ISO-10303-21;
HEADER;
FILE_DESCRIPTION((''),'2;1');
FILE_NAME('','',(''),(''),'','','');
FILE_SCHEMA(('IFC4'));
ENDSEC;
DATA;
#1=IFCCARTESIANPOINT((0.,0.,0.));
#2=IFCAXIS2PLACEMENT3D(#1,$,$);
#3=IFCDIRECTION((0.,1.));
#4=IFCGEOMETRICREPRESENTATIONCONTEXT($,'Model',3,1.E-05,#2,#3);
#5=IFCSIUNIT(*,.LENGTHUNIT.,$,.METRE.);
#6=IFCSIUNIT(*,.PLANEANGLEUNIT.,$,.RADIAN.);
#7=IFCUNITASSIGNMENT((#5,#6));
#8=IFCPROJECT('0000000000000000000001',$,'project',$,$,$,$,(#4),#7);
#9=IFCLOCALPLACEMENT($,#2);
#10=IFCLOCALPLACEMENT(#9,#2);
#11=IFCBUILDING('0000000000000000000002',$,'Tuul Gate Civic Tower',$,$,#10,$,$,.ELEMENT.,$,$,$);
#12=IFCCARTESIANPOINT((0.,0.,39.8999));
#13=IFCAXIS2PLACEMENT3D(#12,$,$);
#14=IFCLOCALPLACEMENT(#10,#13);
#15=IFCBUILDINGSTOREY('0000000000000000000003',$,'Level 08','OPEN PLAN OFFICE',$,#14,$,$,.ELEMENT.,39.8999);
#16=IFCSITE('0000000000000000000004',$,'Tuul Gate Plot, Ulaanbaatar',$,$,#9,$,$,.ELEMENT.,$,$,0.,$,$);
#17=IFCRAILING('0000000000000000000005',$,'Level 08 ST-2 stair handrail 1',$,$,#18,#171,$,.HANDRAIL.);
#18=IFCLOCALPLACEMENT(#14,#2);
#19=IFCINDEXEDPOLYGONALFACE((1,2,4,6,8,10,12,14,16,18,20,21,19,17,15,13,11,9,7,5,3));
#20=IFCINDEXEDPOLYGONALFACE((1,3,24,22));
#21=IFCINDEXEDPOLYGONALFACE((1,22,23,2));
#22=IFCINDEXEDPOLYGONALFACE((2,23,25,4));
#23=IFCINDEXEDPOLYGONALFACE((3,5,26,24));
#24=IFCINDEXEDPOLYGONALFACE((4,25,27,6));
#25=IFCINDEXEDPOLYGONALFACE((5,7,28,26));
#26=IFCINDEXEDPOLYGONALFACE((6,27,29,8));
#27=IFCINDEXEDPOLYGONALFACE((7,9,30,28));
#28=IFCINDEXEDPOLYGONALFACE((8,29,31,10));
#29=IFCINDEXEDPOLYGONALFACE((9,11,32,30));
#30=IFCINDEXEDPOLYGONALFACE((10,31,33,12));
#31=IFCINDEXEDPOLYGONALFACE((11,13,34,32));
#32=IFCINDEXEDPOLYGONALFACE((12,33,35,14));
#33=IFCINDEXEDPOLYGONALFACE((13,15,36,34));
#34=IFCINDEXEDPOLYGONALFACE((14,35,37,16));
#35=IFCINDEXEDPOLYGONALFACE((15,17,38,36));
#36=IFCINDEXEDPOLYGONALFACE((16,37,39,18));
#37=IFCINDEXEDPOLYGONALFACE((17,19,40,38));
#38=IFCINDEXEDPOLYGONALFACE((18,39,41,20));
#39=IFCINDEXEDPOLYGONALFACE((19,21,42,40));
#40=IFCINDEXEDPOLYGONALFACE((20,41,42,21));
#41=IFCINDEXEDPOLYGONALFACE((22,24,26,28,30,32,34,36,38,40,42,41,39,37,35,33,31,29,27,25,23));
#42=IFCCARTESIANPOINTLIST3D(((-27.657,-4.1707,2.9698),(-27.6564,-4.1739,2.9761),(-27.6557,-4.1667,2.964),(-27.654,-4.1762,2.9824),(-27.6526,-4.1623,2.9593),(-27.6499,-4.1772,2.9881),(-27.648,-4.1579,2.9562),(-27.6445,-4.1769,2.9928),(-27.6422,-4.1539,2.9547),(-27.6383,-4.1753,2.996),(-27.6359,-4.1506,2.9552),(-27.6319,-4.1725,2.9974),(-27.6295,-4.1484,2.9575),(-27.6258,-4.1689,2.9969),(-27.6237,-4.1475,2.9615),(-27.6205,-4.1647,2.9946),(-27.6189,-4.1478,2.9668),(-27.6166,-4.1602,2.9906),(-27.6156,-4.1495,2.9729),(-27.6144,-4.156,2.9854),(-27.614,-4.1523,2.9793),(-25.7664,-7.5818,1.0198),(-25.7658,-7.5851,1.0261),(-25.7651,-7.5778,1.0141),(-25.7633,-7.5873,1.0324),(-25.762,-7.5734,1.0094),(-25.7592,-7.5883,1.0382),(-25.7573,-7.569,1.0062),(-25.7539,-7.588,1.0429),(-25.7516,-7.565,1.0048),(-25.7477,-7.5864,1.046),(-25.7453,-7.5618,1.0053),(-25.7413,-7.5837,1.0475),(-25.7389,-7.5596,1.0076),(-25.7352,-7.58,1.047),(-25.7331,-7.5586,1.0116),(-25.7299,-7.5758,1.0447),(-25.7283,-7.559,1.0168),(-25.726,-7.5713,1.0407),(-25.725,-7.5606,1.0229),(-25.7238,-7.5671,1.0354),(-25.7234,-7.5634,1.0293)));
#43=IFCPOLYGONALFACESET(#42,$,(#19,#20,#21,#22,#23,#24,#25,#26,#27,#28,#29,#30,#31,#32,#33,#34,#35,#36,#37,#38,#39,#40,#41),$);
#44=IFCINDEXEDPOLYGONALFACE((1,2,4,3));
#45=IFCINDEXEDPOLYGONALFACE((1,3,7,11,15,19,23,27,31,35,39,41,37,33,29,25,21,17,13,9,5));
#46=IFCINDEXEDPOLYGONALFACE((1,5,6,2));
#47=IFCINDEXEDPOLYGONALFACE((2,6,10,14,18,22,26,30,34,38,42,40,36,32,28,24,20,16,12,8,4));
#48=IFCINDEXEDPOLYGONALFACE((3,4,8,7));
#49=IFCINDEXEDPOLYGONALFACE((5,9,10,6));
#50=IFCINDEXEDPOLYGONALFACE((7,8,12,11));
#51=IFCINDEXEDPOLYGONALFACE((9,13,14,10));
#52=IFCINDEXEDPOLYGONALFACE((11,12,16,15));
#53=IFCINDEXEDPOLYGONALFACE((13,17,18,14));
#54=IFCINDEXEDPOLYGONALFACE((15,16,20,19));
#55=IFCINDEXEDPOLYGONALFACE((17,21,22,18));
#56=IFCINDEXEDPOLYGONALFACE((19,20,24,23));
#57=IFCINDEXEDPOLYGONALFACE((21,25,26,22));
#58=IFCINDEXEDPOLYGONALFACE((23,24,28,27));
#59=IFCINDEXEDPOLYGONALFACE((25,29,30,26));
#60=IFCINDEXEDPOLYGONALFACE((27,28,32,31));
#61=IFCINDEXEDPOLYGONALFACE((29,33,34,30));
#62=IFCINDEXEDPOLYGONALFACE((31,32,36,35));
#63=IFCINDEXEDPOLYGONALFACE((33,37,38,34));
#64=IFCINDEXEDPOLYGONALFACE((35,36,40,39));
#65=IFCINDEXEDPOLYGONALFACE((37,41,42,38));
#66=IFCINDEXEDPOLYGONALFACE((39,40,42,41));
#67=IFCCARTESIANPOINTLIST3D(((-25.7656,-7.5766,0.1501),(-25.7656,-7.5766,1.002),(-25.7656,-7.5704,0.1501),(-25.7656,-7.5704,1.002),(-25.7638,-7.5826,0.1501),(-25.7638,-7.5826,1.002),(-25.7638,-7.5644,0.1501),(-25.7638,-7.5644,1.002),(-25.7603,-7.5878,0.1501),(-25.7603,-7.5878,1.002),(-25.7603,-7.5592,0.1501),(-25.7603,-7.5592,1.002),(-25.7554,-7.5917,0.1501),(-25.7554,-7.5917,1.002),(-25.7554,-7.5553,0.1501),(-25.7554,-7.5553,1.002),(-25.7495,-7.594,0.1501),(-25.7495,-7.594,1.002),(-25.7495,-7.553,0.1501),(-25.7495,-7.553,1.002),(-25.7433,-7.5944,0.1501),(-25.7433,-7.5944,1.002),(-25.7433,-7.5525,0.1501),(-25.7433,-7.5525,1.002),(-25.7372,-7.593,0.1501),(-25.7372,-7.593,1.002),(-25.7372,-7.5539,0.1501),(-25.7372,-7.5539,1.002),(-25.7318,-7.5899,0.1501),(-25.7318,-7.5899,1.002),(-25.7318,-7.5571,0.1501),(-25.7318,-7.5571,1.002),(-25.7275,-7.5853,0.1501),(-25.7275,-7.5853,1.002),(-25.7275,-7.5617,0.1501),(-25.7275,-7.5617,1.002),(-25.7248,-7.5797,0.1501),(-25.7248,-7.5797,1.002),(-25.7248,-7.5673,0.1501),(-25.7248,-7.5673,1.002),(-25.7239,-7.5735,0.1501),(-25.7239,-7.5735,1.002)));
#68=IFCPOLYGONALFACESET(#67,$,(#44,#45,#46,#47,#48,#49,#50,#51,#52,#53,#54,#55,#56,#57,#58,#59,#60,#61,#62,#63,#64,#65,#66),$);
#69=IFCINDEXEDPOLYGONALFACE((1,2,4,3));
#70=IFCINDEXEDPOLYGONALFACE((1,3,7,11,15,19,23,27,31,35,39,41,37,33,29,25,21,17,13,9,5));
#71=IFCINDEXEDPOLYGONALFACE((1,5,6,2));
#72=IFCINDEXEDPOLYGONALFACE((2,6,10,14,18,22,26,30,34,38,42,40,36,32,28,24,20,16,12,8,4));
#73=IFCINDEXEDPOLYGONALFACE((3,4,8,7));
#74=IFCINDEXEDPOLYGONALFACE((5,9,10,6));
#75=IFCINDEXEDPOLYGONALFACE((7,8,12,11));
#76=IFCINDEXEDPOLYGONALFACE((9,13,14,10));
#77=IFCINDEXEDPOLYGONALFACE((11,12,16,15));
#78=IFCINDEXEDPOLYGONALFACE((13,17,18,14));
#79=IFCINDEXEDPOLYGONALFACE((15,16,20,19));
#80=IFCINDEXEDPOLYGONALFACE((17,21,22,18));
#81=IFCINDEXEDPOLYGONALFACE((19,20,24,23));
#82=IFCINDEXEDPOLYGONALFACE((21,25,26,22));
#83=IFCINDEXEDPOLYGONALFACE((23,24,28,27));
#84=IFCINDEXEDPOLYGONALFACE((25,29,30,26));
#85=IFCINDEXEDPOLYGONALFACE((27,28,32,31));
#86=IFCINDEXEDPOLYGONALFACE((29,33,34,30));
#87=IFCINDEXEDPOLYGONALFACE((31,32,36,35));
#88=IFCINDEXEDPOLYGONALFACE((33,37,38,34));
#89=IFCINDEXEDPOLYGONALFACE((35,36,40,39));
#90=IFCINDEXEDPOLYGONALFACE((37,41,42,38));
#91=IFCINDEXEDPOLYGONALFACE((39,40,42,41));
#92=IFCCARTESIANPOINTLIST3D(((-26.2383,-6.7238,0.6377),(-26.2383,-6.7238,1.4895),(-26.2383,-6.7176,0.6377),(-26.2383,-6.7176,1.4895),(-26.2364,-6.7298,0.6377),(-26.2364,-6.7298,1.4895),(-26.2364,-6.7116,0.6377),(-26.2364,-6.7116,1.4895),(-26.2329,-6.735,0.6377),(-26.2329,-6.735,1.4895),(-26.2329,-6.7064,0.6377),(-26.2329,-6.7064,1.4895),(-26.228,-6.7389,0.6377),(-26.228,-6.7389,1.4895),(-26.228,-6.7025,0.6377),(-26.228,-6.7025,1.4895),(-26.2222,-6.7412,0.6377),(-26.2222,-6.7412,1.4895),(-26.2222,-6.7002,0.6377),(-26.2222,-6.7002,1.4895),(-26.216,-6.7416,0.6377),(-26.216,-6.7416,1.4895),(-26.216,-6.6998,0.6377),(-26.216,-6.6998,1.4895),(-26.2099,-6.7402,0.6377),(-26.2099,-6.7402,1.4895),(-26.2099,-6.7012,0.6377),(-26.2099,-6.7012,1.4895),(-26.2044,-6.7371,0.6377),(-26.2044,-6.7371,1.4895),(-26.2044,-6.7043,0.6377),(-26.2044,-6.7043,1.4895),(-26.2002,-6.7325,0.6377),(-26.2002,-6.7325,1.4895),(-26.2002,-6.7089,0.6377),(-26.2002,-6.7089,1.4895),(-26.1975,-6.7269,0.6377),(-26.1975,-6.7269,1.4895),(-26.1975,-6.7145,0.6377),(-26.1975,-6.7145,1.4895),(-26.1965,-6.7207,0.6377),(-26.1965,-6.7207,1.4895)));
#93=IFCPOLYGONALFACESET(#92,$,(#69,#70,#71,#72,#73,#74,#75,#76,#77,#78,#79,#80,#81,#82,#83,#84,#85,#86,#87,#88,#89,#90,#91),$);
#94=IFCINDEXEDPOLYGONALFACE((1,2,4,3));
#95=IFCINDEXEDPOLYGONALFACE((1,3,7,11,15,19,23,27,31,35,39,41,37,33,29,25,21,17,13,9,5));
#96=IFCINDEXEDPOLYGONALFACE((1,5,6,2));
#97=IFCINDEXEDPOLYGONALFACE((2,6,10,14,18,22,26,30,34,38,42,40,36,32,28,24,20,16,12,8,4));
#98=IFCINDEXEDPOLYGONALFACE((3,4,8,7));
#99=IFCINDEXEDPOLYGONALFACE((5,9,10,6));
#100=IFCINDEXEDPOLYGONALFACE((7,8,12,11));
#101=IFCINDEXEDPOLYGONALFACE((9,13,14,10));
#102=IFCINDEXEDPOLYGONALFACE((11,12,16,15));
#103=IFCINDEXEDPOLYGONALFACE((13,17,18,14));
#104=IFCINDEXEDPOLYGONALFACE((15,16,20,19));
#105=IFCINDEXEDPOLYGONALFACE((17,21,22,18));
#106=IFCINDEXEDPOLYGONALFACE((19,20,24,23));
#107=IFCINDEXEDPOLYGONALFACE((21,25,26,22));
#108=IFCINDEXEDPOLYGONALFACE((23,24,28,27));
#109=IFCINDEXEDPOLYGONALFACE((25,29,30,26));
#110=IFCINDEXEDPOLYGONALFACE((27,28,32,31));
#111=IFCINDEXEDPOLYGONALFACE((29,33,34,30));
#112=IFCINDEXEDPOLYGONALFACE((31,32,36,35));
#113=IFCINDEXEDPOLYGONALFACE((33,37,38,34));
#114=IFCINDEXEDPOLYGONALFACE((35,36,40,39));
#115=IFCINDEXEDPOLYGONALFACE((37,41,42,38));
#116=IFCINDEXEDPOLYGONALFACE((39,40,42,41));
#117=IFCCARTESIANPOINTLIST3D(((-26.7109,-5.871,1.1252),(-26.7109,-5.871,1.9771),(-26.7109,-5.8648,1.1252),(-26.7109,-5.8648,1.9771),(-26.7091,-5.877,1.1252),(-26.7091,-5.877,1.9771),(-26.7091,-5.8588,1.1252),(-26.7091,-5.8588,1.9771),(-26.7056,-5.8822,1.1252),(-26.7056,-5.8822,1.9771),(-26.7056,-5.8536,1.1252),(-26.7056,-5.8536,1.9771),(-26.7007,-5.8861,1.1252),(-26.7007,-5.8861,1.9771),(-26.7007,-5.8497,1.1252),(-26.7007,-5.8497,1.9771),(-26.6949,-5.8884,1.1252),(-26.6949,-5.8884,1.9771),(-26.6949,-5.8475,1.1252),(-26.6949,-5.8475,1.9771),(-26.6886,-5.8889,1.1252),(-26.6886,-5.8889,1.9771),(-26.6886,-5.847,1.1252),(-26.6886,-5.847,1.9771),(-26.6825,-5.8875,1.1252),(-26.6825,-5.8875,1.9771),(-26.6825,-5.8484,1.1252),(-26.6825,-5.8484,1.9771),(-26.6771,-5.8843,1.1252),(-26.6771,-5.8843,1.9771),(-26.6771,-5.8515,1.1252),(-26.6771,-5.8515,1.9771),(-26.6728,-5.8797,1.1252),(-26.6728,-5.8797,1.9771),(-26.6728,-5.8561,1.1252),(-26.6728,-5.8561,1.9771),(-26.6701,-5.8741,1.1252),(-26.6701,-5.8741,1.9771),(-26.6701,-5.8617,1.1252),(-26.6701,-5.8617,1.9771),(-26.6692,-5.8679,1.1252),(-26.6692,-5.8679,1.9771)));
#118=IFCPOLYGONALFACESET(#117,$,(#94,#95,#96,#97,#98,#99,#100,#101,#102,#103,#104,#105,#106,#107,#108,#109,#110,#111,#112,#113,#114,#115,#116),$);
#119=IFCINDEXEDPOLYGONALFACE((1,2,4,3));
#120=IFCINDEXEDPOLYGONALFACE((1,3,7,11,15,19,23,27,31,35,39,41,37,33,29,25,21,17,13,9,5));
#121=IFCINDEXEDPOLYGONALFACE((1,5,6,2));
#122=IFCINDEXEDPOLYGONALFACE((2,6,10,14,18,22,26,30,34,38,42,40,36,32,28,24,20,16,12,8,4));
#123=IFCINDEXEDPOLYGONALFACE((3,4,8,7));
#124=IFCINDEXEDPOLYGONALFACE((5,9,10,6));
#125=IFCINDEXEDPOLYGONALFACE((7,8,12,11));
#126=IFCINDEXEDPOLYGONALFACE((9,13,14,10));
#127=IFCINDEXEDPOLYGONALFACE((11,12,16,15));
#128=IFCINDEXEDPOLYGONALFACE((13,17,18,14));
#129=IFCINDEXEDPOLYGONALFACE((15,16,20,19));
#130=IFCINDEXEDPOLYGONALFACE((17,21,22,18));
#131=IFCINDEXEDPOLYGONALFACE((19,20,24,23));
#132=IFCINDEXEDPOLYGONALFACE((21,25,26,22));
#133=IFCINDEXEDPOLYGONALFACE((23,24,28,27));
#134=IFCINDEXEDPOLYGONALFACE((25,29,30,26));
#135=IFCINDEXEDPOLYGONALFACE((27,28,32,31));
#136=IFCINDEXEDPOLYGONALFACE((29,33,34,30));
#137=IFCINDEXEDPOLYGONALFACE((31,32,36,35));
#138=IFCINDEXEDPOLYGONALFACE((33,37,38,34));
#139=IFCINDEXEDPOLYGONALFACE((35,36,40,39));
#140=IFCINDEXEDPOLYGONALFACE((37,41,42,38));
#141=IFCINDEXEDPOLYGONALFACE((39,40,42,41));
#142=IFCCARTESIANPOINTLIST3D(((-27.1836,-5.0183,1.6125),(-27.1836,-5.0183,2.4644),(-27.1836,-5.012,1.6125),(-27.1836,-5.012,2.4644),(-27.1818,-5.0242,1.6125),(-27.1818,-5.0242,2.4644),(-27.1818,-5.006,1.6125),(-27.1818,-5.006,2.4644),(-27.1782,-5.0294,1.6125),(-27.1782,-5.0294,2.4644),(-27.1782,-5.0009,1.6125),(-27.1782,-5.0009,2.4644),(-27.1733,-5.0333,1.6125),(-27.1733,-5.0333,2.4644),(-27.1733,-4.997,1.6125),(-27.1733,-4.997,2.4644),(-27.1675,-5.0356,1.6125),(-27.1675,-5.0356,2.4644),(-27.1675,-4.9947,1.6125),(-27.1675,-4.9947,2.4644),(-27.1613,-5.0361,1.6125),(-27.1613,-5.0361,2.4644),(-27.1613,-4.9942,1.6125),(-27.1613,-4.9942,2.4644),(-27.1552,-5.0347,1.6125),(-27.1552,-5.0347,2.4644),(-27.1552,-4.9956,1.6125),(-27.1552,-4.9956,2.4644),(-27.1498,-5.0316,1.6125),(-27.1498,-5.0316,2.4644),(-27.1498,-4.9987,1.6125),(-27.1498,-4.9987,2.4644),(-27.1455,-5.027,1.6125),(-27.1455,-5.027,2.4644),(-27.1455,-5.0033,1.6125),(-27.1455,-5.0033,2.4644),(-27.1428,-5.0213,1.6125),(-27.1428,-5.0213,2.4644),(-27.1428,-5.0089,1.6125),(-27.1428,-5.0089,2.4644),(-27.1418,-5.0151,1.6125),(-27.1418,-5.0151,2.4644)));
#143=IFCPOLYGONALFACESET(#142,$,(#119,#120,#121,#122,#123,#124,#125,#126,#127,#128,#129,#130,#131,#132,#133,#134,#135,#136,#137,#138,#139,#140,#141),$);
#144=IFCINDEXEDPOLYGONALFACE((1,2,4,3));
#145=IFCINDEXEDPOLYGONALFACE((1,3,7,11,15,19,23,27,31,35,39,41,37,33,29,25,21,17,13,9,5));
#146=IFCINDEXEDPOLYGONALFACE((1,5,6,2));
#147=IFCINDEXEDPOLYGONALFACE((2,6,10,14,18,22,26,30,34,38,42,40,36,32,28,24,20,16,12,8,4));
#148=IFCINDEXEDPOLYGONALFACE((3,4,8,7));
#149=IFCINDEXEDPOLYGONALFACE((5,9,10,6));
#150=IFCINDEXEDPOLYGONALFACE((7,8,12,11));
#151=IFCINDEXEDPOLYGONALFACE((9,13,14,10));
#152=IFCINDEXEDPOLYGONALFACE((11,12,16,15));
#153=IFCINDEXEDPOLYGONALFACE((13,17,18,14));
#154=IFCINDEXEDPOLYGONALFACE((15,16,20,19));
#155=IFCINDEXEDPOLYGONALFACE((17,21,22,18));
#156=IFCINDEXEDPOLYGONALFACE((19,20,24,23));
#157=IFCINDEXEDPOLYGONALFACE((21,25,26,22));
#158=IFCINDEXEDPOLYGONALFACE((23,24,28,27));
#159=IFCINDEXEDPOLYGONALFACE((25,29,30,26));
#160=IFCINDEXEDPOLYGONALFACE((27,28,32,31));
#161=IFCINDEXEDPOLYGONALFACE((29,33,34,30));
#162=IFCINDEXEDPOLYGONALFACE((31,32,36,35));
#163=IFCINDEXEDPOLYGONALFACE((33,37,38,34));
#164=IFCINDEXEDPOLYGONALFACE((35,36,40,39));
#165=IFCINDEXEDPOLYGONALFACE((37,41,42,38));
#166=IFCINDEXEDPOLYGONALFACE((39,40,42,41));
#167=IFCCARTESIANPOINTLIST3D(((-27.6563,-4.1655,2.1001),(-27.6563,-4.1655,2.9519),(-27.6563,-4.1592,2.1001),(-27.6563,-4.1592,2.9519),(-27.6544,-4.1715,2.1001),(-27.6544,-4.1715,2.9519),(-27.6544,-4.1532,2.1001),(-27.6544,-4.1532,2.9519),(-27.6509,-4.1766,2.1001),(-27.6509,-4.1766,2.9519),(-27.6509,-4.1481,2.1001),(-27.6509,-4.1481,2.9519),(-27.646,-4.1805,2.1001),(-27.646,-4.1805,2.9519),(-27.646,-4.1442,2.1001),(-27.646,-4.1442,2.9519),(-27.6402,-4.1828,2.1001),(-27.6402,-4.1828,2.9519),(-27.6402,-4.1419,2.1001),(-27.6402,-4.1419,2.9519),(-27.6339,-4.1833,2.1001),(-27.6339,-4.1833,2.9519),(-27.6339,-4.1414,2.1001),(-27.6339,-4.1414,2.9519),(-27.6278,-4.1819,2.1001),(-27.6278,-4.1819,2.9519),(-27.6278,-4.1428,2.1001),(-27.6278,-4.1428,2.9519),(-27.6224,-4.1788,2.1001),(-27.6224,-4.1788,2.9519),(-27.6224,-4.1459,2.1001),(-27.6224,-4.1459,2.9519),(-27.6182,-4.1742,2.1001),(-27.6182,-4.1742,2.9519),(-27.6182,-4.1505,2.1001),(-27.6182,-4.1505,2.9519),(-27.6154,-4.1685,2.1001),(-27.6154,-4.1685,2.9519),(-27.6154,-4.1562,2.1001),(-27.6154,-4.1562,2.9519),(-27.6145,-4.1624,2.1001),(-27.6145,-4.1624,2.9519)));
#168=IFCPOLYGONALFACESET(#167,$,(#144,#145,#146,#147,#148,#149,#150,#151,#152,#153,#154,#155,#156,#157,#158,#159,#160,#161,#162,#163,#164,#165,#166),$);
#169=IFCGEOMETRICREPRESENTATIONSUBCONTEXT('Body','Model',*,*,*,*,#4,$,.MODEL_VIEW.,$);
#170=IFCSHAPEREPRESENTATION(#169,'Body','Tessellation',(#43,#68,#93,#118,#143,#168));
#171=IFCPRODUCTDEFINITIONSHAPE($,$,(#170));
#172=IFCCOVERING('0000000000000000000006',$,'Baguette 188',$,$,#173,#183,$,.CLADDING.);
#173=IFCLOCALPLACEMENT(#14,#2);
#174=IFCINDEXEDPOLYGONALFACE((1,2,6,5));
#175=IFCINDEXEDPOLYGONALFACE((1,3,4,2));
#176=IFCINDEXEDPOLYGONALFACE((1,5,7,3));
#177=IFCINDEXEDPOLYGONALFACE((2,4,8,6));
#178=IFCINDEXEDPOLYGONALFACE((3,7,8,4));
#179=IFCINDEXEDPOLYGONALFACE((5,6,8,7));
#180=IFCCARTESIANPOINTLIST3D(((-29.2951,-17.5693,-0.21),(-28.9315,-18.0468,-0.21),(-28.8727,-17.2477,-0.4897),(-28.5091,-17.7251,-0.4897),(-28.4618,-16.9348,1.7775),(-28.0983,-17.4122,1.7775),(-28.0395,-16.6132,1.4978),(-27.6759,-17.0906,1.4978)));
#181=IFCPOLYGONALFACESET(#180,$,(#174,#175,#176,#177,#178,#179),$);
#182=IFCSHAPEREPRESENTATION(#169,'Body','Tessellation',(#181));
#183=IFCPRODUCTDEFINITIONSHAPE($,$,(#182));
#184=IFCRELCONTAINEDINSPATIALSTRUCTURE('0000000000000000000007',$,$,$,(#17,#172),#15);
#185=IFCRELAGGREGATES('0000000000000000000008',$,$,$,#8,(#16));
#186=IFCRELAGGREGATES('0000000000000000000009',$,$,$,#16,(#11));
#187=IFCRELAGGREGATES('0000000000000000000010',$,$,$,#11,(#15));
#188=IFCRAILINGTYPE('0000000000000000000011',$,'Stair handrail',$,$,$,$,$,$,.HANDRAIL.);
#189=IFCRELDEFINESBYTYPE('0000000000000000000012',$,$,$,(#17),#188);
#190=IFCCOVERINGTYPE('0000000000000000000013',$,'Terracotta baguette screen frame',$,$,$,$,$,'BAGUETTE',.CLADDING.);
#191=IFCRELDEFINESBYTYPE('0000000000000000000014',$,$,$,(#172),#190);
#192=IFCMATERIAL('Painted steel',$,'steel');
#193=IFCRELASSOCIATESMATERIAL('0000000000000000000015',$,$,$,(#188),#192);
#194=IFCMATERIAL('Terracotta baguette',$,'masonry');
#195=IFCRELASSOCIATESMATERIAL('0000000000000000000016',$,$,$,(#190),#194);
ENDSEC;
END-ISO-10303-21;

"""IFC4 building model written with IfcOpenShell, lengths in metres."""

from ifc_helpers import new_model, si_unit, direction, frame, origin, origin_2d, place, context, subcontext, project, spatial, rectangle, circle, extrude, material, material_profile, profile_set, type_object, element, save


model = new_model("IFC4")

# Units and contexts
model_context = context("Model", 3, precision=1e-05, world=origin(), true_north=direction((0.0, 1.0)))
body_context = subcontext(model_context, "Body", "Model", "MODEL_VIEW")
ifc_project = project(units=[si_unit("LENGTHUNIT", "METRE"), si_unit("PLANEANGLEUNIT", "RADIAN")], contexts=[model_context])

# Site, building, storey
site_placement = place(None, origin())
site = spatial("IfcSite", under=ifc_project, at=site_placement, Name="Tuul Gate Plot, Ulaanbaatar", CompositionType="ELEMENT", RefElevation=0.0)
building_placement = place(site_placement, origin())
building = spatial("IfcBuilding", under=site, at=building_placement, Name="Tuul Gate Civic Tower", CompositionType="ELEMENT")
storey_placement = place(building_placement, frame((0.0, 0.0, 39.8999)))
storey = spatial("IfcBuildingStorey", under=building, at=storey_placement, Name="Level 08", Description="OPEN PLAN OFFICE", CompositionType="ELEMENT", Elevation=39.8999)

# Railing
ifc_material_1 = material(Name="Painted steel", Category="steel")
railing_type_1 = type_object("IfcRailingType", Name="Stair handrail", PredefinedType="HANDRAIL", material=ifc_material_1)
railing_1_placement = place(storey_placement, frame((-25.7449, -7.5735, 0.1501)))
element("IfcRailing", 1, at=railing_1_placement, inside=storey, type_object=railing_type_1, Name="Level 08 ST-2 stair handrail 1", PredefinedType="HANDRAIL", context=body_context, shape_type="SweptSolid", body=[
    extrude(circle(Radius=0.0239, at=origin_2d()), frame((0.0, 0.0, 0.876), z_axis=(-0.433595, 0.782308, 0.447201), x_axis=(-0.874641, -0.484771, 0.0)), (0.0, 0.0, 1.0), 4.3604),
    extrude(circle(Radius=0.021, at=origin_2d()), origin(), (0.0, 0.0, 1.0), 0.8518),
    extrude(circle(Radius=0.021, at=origin_2d()), frame((-0.4727, 0.8528, 0.4875)), (0.0, 0.0, 1.0), 0.8518),
    extrude(circle(Radius=0.021, at=origin_2d()), frame((-0.9453, 1.7056, 0.9751)), (0.0, 0.0, 1.0), 0.8518),
    extrude(circle(Radius=0.021, at=origin_2d()), frame((-1.418, 2.5583, 1.4624)), (0.0, 0.0, 1.0), 0.8518),
    extrude(circle(Radius=0.021, at=origin_2d()), frame((-1.8906, 3.4111, 1.95)), (0.0, 0.0, 1.0), 0.8518),
])

# Covering
ifc_material_2 = material(Name="Terracotta baguette", Category="masonry")
ifc_material_profile_1 = material_profile(ifc_material_2, rectangle(XDim=0.6001, YDim=0.6001, at=origin_2d()), Name="Terracotta baguette screen frame")
ifc_profile_set_1 = profile_set([ifc_material_profile_1], Name="Terracotta baguette")
covering_type = type_object("IfcCoveringType", Name="Terracotta baguette screen frame", ElementType="BAGUETTE", PredefinedType="CLADDING", material=ifc_profile_set_1)
covering_placement = place(storey_placement, frame((-28.9021, -17.6472, -0.3499), z_axis=(0.370892, 0.282435, 0.884686), x_axis=(-0.60584, 0.795587, 0.0)))
element("IfcCovering", 2, at=covering_placement, inside=storey, type_object=covering_type, Name="Baguette 188", PredefinedType="CLADDING", context=body_context, shape_type="SweptSolid", body=[
    extrude(rectangle(XDim=0.6001, YDim=0.6001, at=origin_2d()), origin(), (0.0, 0.0, 1.0), 2.2466),
])

save(model, "model.ifc")
